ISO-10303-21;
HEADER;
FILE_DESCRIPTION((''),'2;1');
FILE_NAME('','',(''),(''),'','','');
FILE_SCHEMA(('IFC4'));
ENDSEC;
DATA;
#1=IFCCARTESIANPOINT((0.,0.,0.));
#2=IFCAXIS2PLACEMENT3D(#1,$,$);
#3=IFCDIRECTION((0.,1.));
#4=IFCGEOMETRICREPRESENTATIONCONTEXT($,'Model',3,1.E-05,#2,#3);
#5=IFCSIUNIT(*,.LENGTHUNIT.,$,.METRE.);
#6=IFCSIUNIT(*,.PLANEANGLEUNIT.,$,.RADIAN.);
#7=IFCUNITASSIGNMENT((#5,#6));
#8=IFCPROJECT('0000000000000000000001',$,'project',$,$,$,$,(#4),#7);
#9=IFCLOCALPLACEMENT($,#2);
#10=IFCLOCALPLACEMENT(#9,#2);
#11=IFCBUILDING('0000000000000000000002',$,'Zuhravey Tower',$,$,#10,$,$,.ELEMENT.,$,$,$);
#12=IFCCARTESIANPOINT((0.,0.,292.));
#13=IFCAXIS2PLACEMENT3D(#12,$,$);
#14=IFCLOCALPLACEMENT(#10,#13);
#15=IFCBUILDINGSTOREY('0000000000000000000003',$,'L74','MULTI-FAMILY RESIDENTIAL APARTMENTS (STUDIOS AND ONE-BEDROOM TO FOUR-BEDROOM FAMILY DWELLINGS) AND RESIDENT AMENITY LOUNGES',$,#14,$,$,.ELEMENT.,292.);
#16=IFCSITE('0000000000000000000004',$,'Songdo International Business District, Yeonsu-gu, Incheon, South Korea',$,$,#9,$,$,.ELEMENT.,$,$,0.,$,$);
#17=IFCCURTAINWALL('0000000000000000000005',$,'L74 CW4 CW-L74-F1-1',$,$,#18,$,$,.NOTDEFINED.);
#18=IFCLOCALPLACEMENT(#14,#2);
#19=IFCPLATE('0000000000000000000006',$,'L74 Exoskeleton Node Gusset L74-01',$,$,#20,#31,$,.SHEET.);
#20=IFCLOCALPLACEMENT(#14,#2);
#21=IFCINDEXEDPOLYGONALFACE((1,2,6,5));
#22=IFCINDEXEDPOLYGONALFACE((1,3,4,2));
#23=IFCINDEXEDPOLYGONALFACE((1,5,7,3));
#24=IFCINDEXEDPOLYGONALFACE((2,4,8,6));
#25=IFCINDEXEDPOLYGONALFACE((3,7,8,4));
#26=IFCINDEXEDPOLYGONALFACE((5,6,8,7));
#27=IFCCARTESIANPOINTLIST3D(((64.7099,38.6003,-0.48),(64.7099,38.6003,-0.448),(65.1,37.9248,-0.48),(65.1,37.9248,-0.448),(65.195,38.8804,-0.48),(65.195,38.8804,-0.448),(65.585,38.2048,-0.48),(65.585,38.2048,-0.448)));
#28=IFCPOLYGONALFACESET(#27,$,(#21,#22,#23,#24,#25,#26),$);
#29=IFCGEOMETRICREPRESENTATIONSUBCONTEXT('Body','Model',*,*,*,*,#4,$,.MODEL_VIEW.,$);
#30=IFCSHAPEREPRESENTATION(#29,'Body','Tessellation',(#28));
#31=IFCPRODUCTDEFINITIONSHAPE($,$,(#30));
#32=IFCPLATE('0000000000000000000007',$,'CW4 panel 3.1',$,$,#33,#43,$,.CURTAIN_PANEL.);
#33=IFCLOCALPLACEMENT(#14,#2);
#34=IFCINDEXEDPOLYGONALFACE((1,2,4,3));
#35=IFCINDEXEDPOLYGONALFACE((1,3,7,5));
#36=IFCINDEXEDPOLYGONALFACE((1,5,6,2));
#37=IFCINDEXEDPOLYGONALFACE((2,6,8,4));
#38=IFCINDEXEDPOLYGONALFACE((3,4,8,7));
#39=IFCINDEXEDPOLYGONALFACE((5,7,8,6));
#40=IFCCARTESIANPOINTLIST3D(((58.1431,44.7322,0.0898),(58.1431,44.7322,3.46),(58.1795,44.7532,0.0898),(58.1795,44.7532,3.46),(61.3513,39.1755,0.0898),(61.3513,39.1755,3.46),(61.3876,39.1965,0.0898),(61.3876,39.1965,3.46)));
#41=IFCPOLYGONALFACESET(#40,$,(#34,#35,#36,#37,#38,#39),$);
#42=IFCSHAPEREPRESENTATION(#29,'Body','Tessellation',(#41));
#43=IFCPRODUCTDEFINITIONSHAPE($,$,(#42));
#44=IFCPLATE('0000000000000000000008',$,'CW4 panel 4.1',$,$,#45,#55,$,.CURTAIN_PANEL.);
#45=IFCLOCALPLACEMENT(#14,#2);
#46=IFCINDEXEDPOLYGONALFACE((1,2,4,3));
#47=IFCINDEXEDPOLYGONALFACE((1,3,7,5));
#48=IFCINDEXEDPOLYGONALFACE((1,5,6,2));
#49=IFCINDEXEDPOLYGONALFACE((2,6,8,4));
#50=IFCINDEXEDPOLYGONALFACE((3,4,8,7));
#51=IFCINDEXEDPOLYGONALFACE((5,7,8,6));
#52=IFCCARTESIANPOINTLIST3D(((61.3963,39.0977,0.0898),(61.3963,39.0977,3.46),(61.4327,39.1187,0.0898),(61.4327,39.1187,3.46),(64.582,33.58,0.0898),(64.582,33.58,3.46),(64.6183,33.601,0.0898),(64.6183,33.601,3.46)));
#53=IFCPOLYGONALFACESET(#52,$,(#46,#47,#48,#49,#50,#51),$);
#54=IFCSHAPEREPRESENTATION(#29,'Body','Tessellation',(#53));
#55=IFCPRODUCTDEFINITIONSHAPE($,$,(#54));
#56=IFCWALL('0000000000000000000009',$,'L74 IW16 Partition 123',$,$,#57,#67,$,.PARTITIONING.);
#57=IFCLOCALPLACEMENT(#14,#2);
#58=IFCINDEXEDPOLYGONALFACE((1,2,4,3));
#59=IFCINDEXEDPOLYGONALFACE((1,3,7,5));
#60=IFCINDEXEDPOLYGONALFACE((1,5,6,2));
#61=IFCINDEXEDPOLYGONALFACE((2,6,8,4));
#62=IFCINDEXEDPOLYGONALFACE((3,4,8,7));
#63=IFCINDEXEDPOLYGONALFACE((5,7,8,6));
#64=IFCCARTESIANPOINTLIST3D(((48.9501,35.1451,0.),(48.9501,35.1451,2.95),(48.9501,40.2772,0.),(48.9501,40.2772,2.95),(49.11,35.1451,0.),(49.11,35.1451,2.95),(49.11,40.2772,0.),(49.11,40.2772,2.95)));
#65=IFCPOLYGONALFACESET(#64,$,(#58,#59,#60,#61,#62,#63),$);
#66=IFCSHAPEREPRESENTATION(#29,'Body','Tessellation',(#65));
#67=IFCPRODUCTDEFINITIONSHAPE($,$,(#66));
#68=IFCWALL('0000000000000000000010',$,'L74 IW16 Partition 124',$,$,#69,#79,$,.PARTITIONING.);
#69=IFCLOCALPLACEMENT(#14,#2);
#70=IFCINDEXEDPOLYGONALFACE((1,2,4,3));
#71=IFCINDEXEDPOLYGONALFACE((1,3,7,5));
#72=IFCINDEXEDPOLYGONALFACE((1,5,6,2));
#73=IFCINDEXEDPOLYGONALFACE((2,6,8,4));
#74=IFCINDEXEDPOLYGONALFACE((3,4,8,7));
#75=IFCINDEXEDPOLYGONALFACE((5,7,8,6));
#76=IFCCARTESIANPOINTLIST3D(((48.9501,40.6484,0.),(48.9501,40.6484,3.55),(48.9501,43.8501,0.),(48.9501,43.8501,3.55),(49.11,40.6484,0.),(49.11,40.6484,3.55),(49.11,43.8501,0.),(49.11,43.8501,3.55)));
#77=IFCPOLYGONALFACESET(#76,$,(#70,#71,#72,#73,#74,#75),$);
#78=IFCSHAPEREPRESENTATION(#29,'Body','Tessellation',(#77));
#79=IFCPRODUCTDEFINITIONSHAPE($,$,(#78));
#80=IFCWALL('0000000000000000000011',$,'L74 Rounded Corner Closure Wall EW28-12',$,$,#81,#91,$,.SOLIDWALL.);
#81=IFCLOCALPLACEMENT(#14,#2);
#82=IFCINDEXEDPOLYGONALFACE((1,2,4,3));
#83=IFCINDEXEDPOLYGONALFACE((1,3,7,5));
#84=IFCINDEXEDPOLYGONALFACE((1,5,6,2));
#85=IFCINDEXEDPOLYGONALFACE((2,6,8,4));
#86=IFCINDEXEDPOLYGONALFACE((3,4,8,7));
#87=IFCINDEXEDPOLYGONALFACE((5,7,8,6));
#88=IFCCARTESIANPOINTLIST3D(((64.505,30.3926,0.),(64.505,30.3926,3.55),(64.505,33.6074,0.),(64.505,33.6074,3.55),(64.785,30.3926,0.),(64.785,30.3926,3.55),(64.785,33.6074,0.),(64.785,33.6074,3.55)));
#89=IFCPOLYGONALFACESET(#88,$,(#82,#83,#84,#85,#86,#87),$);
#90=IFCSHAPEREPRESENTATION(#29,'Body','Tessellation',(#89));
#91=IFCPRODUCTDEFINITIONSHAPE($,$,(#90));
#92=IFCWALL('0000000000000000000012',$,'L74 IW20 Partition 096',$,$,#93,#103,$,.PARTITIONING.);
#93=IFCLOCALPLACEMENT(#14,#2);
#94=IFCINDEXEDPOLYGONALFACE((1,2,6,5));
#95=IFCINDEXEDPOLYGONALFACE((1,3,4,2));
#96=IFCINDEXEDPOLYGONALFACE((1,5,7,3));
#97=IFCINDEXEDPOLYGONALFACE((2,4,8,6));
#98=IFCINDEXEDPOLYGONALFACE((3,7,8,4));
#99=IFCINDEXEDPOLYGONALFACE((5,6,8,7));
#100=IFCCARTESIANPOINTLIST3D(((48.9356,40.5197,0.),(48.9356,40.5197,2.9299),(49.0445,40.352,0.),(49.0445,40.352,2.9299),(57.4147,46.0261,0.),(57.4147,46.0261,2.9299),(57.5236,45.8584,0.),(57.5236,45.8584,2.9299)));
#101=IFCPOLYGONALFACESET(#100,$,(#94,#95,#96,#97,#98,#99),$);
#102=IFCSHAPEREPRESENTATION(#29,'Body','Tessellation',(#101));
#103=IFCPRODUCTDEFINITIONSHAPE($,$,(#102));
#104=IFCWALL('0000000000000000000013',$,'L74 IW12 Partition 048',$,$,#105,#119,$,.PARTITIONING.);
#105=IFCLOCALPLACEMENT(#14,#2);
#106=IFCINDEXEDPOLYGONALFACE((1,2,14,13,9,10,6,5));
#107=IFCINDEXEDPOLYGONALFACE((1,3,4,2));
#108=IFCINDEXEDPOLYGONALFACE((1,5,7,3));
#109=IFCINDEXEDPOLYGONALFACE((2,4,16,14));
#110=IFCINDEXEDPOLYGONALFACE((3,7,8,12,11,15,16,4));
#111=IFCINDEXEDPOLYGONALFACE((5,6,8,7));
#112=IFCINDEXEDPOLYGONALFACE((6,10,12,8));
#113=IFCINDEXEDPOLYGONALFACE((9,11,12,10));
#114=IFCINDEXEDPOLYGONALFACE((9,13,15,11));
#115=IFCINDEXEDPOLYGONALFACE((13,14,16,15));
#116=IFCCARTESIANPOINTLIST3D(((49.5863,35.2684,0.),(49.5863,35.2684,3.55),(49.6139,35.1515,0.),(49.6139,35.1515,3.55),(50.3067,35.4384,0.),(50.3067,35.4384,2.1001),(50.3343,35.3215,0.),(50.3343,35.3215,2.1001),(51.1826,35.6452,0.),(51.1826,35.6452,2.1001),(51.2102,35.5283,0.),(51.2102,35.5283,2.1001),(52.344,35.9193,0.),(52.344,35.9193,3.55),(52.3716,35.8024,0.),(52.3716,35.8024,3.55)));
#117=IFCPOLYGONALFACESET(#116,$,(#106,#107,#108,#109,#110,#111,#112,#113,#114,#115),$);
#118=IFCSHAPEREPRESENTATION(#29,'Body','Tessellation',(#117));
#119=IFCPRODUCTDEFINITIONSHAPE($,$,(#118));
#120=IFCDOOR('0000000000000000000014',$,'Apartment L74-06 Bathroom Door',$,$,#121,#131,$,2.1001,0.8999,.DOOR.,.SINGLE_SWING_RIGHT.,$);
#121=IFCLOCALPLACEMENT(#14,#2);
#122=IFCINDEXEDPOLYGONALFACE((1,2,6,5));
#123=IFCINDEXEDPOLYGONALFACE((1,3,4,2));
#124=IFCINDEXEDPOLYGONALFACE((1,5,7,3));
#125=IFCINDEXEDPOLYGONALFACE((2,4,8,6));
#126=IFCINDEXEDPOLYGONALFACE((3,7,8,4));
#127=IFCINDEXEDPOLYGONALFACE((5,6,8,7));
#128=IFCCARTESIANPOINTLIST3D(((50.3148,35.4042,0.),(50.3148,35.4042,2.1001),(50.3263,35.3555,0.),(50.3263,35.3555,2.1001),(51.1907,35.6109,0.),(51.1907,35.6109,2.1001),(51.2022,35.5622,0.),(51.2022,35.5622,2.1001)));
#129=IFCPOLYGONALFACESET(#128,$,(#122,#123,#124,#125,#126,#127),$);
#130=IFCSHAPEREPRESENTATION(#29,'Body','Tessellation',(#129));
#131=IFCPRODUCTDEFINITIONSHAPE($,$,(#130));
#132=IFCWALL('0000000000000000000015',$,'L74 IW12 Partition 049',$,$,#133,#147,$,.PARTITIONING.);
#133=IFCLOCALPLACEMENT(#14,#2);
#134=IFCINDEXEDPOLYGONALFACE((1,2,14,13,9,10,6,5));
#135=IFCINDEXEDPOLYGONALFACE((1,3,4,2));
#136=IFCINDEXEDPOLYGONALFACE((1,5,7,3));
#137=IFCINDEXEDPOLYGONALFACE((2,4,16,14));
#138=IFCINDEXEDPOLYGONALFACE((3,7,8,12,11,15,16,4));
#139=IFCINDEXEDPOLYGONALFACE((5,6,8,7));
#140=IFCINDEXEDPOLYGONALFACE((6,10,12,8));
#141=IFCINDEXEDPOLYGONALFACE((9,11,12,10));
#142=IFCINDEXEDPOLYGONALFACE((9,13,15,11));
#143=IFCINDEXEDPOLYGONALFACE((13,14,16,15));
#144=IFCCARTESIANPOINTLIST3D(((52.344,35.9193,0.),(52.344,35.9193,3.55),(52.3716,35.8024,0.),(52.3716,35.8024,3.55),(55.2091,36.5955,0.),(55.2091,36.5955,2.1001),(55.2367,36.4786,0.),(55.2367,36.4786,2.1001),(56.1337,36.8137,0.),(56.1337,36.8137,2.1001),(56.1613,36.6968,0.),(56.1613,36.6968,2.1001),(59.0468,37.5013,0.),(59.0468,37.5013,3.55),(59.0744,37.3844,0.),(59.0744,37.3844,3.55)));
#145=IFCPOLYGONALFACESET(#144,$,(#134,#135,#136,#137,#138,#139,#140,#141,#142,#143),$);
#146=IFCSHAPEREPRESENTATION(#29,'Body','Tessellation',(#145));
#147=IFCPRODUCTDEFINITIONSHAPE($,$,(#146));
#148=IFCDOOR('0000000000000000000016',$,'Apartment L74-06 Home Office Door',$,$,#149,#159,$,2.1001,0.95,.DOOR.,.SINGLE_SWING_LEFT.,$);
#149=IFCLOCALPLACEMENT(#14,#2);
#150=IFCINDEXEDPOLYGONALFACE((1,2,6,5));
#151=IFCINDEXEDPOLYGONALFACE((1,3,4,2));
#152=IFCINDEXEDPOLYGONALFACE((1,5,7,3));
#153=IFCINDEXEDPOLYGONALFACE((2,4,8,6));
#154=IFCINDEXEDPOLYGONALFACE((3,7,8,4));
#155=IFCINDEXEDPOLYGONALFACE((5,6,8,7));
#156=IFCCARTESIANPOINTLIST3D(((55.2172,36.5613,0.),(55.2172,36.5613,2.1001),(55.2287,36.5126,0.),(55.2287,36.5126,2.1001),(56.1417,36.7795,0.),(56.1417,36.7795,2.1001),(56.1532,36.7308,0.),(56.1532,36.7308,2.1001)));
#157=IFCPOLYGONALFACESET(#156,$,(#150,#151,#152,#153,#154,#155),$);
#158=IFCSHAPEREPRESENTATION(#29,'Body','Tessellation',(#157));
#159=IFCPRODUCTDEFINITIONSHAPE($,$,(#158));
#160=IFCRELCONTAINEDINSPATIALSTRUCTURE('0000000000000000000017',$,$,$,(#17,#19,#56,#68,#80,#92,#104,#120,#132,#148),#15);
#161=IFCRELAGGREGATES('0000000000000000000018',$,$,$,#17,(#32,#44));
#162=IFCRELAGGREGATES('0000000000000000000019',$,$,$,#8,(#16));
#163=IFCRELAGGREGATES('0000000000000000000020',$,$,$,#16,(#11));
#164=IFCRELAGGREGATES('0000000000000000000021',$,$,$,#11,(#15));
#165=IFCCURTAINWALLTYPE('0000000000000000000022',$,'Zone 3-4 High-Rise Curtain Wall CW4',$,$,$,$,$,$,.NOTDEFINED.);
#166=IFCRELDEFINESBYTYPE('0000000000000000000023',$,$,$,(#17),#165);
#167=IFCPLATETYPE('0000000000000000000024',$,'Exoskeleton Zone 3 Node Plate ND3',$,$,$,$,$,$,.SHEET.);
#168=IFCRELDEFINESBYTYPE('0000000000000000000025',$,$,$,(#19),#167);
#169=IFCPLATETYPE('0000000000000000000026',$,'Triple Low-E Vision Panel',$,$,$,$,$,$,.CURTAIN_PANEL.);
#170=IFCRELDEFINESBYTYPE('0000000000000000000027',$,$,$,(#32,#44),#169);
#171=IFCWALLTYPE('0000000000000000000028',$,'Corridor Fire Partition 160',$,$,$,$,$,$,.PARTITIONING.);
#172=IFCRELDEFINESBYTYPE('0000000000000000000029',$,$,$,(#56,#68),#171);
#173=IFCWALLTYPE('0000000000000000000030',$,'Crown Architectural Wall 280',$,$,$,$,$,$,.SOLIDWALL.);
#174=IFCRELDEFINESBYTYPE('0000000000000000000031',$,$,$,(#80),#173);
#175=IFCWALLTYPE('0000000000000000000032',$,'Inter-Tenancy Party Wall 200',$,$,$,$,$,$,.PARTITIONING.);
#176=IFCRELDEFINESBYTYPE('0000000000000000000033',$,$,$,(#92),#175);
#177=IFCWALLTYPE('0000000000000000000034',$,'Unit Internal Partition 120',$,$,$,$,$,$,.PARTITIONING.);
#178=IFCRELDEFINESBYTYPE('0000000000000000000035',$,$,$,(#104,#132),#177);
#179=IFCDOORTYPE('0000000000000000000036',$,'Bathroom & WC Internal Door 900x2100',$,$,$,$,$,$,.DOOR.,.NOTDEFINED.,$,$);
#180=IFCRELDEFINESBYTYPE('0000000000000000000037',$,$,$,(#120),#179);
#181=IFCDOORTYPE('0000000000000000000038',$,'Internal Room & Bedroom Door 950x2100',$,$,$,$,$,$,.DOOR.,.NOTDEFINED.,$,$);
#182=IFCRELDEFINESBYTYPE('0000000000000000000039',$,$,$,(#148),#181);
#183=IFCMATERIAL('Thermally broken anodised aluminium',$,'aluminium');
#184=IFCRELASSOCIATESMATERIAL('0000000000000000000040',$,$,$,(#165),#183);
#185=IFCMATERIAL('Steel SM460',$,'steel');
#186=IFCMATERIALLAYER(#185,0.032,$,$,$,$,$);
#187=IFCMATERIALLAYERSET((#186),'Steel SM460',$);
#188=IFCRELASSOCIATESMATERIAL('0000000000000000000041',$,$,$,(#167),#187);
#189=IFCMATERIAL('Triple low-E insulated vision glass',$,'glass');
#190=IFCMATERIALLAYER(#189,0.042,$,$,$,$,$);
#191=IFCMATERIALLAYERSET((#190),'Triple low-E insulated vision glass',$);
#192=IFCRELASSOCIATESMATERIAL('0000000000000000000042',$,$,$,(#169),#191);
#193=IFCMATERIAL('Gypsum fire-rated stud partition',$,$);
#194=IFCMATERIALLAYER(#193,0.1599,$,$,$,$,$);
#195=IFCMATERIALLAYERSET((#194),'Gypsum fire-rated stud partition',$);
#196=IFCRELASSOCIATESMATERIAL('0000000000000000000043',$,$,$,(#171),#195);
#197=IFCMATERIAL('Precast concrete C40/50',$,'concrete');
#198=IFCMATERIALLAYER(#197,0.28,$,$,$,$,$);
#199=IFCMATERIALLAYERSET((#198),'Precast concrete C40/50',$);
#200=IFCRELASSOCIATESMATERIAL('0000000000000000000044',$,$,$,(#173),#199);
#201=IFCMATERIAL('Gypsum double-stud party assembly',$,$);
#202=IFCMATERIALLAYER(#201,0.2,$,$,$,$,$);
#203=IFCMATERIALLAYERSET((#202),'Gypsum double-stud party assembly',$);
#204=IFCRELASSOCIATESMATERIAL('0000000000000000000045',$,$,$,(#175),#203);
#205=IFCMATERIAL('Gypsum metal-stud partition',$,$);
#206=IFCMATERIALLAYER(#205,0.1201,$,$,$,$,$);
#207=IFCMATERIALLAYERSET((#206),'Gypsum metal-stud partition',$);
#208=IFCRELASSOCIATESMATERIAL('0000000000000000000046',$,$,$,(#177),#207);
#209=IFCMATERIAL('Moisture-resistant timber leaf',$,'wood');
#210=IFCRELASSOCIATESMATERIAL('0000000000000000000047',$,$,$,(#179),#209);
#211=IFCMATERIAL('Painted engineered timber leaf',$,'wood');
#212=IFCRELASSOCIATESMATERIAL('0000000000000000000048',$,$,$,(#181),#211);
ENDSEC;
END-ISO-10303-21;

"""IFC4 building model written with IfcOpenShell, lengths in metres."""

from ifc_helpers import new_model, si_unit, direction, frame, frame_2d, origin, origin_2d, place, context, subcontext, project, spatial, rectangle, extrude, material, layer, layer_set, type_object, element, fill, aggregate, save


model = new_model("IFC4")

# Units and contexts
model_context = context("Model", 3, precision=1e-05, world=origin(), true_north=direction((0.0, 1.0)))
body_context = subcontext(model_context, "Body", "Model", "MODEL_VIEW")
ifc_project = project(units=[si_unit("LENGTHUNIT", "METRE"), si_unit("PLANEANGLEUNIT", "RADIAN")], contexts=[model_context])

# Site, building, storey
site_placement = place(None, origin())
site = spatial("IfcSite", under=ifc_project, at=site_placement, Name="Songdo International Business District, Yeonsu-gu, Incheon, South Korea", CompositionType="ELEMENT", RefElevation=0.0)
building_placement = place(site_placement, origin())
building = spatial("IfcBuilding", under=site, at=building_placement, Name="Zuhravey Tower", CompositionType="ELEMENT")
storey_placement = place(building_placement, frame((0.0, 0.0, 292.0)))
storey = spatial("IfcBuildingStorey", under=building, at=storey_placement, Name="L74", Description="MULTI-FAMILY RESIDENTIAL APARTMENTS (STUDIOS AND ONE-BEDROOM TO FOUR-BEDROOM FAMILY DWELLINGS) AND RESIDENT AMENITY LOUNGES", CompositionType="ELEMENT", Elevation=292.0)

# Curtain wall
ifc_material_1 = material(Name="Thermally broken anodised aluminium", Category="aluminium")
curtain_wall_type = type_object("IfcCurtainWallType", Name="Zone 3-4 High-Rise Curtain Wall CW4", PredefinedType="NOTDEFINED", material=ifc_material_1)
curtain_wall_placement = place(storey_placement, origin())
curtain_wall = element("IfcCurtainWall", 1, at=curtain_wall_placement, inside=storey, type_object=curtain_wall_type, Name="L74 CW4 CW-L74-F1-1", PredefinedType="NOTDEFINED")

# Plates
ifc_material_2 = material(Name="Steel SM460", Category="steel")
ifc_layer_1 = layer(ifc_material_2, 0.032)
ifc_layer_set_1 = layer_set([ifc_layer_1], Name="Steel SM460")
plate_type_1 = type_object("IfcPlateType", Name="Exoskeleton Zone 3 Node Plate ND3", PredefinedType="SHEET", material=ifc_layer_set_1)
plate_1_placement = place(storey_placement, frame((65.1475, 38.4026, -0.48), z_axis=(0.0, 0.0, 1.0), x_axis=(-0.5, 0.866025, 0.0)))
element("IfcPlate", 2, at=plate_1_placement, inside=storey, type_object=plate_type_1, Name="L74 Exoskeleton Node Gusset L74-01", PredefinedType="SHEET", context=body_context, shape_type="SweptSolid", body=[
    extrude(rectangle(XDim=0.78, YDim=0.5601, at=origin_2d()), origin(), (0.0, 0.0, 1.0), 0.032),
])
ifc_material_3 = material(Name="Triple low-E insulated vision glass", Category="glass")
ifc_layer_2 = layer(ifc_material_3, 0.042)
ifc_layer_set_2 = layer_set([ifc_layer_2], Name="Triple low-E insulated vision glass")
plate_type_2 = type_object("IfcPlateType", Name="Triple Low-E Vision Panel", PredefinedType="CURTAIN_PANEL", material=ifc_layer_set_2)
plate_2_placement = place(storey_placement, frame((59.7654, 41.9644, 0.0898), z_axis=(0.0, 0.0, 1.0), x_axis=(0.500001, -0.866025, 0.0)))
plate_2 = element("IfcPlate", 3, at=plate_2_placement, type_object=plate_type_2, Name="CW4 panel 3.1", PredefinedType="CURTAIN_PANEL", context=body_context, shape_type="SweptSolid", body=[
    extrude(rectangle(XDim=6.4163, YDim=0.042, at=origin_2d()), origin(), (0.0, 0.0, 1.0), 3.3701),
])
plate_3_placement = place(storey_placement, frame((63.0073, 36.3494, 0.0898), z_axis=(0.0, 0.0, 1.0), x_axis=(0.500001, -0.866025, 0.0)))
plate_3 = element("IfcPlate", 4, at=plate_3_placement, type_object=plate_type_2, Name="CW4 panel 4.1", PredefinedType="CURTAIN_PANEL", context=body_context, shape_type="SweptSolid", body=[
    extrude(rectangle(XDim=6.3713, YDim=0.042, at=origin_2d()), origin(), (0.0, 0.0, 1.0), 3.3701),
])
aggregate(curtain_wall, [plate_2, plate_3])

# Walls
ifc_material_4 = material(Name="Gypsum fire-rated stud partition")
ifc_layer_3 = layer(ifc_material_4, 0.1599)
ifc_layer_set_3 = layer_set([ifc_layer_3], Name="Gypsum fire-rated stud partition")
wall_type_1 = type_object("IfcWallType", Name="Corridor Fire Partition 160", PredefinedType="PARTITIONING", material=ifc_layer_set_3)
wall_1_placement = place(storey_placement, frame((49.03, 35.1453, 0.0), z_axis=(0.0, 0.0, 1.0), x_axis=(0.0, 1.0, 0.0)))
element("IfcWall", 5, at=wall_1_placement, inside=storey, type_object=wall_type_1, Name="L74 IW16 Partition 123", PredefinedType="PARTITIONING", context=body_context, shape_type="SweptSolid", body=[
    extrude(rectangle(XDim=5.1321, YDim=0.1599, at=frame_2d((2.5659, 0.0))), origin(), (0.0, 0.0, 1.0), 2.95),
])
wall_2_placement = place(storey_placement, frame((49.03, 40.6484, 0.0), z_axis=(0.0, 0.0, 1.0), x_axis=(0.0, 1.0, 0.0)))
element("IfcWall", 6, at=wall_2_placement, inside=storey, type_object=wall_type_1, Name="L74 IW16 Partition 124", PredefinedType="PARTITIONING", context=body_context, shape_type="SweptSolid", body=[
    extrude(rectangle(XDim=3.2017, YDim=0.1599, at=frame_2d((1.6008, 0.0))), origin(), (0.0, 0.0, 1.0), 3.55),
])
ifc_material_5 = material(Name="Precast concrete C40/50", Category="concrete")
ifc_layer_4 = layer(ifc_material_5, 0.28)
ifc_layer_set_4 = layer_set([ifc_layer_4], Name="Precast concrete C40/50")
wall_type_2 = type_object("IfcWallType", Name="Crown Architectural Wall 280", PredefinedType="SOLIDWALL", material=ifc_layer_set_4)
wall_3_placement = place(storey_placement, frame((64.645, 33.6074, 0.0), z_axis=(0.0, 0.0, 1.0), x_axis=(0.0, -1.0, 0.0)))
element("IfcWall", 7, at=wall_3_placement, inside=storey, type_object=wall_type_2, Name="L74 Rounded Corner Closure Wall EW28-12", PredefinedType="SOLIDWALL", context=body_context, shape_type="SweptSolid", body=[
    extrude(rectangle(XDim=3.2148, YDim=0.28, at=frame_2d((1.6074, 0.0))), origin(), (0.0, 0.0, 1.0), 3.55),
])
ifc_material_6 = material(Name="Gypsum double-stud party assembly")
ifc_layer_5 = layer(ifc_material_6, 0.2)
ifc_layer_set_5 = layer_set([ifc_layer_5], Name="Gypsum double-stud party assembly")
wall_type_3 = type_object("IfcWallType", Name="Inter-Tenancy Party Wall 200", PredefinedType="PARTITIONING", material=ifc_layer_set_5)
wall_4_placement = place(storey_placement, frame((48.99, 40.4358, 0.0), z_axis=(0.0, 0.0, 1.0), x_axis=(0.83867, 0.54464, 0.0)))
element("IfcWall", 8, at=wall_4_placement, inside=storey, type_object=wall_type_3, Name="L74 IW20 Partition 096", PredefinedType="PARTITIONING", context=body_context, shape_type="SweptSolid", body=[
    extrude(rectangle(XDim=10.1101, YDim=0.2, at=frame_2d((5.0552, 0.0))), origin(), (0.0, 0.0, 1.0), 2.9299),
])

# Walls, openings, doors
ifc_material_7 = material(Name="Gypsum metal-stud partition")
ifc_layer_6 = layer(ifc_material_7, 0.1201)
ifc_layer_set_6 = layer_set([ifc_layer_6], Name="Gypsum metal-stud partition")
wall_type_4 = type_object("IfcWallType", Name="Unit Internal Partition 120", PredefinedType="PARTITIONING", material=ifc_layer_set_6)
wall_5_placement = place(storey_placement, frame((49.6001, 35.21, 0.0), z_axis=(0.0, 0.0, 1.0), x_axis=(0.973261, 0.229702, 0.0)))
wall_5 = element("IfcWall", 9, at=wall_5_placement, inside=storey, type_object=wall_type_4, Name="L74 IW12 Partition 048", PredefinedType="PARTITIONING", context=body_context, shape_type="SweptSolid", body=[
    extrude(rectangle(XDim=2.8335, YDim=0.1201, at=frame_2d((1.4167, 0.0))), origin(), (0.0, 0.0, 1.0), 3.55),
])
opening_1_placement = place(wall_5_placement, frame((0.7402, 0.0, 0.0)))
opening_1 = element("IfcOpeningElement", 10, at=opening_1_placement, cuts=wall_5, PredefinedType="OPENING", context=body_context, shape_type="SweptSolid", body=[
    extrude(rectangle(XDim=0.8999, YDim=2.1001, at=frame_2d((0.45, 1.05))), frame((0.0, 0.072, 0.0), z_axis=(0.0, -1.0, 0.0), x_axis=(1.0, 0.0, 0.0)), (0.0, 0.0, 1.0), 0.144),
])
ifc_material_8 = material(Name="Moisture-resistant timber leaf", Category="wood")
door_type_1 = type_object("IfcDoorType", Name="Bathroom & WC Internal Door 900x2100", OperationType="NOTDEFINED", PredefinedType="DOOR", material=ifc_material_8)
door_1_placement = place(opening_1_placement, origin())
door_1 = element("IfcDoor", 11, at=door_1_placement, inside=storey, type_object=door_type_1, Name="Apartment L74-06 Bathroom Door", OperationType="SINGLE_SWING_RIGHT", OverallHeight=2.1001, OverallWidth=0.8999, PredefinedType="DOOR", context=body_context, shape_type="SweptSolid", body=[
    extrude(rectangle(XDim=0.8999, YDim=2.1001, at=frame_2d((0.45, 1.05))), frame((0.0, 0.0249, 0.0), z_axis=(0.0, -1.0, 0.0), x_axis=(1.0, 0.0, 0.0)), (0.0, 0.0, 1.0), 0.05),
])
fill(opening_1, door_1)
wall_6_placement = place(storey_placement, frame((52.3579, 35.8608, 0.0), z_axis=(0.0, 0.0, 1.0), x_axis=(0.973259, 0.229711, 0.0)))
wall_6 = element("IfcWall", 12, at=wall_6_placement, inside=storey, type_object=wall_type_4, Name="L74 IW12 Partition 049", PredefinedType="PARTITIONING", context=body_context, shape_type="SweptSolid", body=[
    extrude(rectangle(XDim=6.887, YDim=0.1201, at=frame_2d((3.4434, 0.0))), origin(), (0.0, 0.0, 1.0), 3.55),
])
opening_2_placement = place(wall_6_placement, frame((2.9436, 0.0, 0.0)))
opening_2 = element("IfcOpeningElement", 13, at=opening_2_placement, cuts=wall_6, PredefinedType="OPENING", context=body_context, shape_type="SweptSolid", body=[
    extrude(rectangle(XDim=0.95, YDim=2.1001, at=frame_2d((0.4751, 1.05))), frame((0.0, 0.072, 0.0), z_axis=(0.0, -1.0, 0.0), x_axis=(1.0, 0.0, 0.0)), (0.0, 0.0, 1.0), 0.144),
])
ifc_material_9 = material(Name="Painted engineered timber leaf", Category="wood")
door_type_2 = type_object("IfcDoorType", Name="Internal Room & Bedroom Door 950x2100", OperationType="NOTDEFINED", PredefinedType="DOOR", material=ifc_material_9)
door_2_placement = place(opening_2_placement, origin())
door_2 = element("IfcDoor", 14, at=door_2_placement, inside=storey, type_object=door_type_2, Name="Apartment L74-06 Home Office Door", OperationType="SINGLE_SWING_LEFT", OverallHeight=2.1001, OverallWidth=0.95, PredefinedType="DOOR", context=body_context, shape_type="SweptSolid", body=[
    extrude(rectangle(XDim=0.95, YDim=2.1001, at=frame_2d((0.4751, 1.05))), frame((0.0, 0.0249, 0.0), z_axis=(0.0, -1.0, 0.0), x_axis=(1.0, 0.0, 0.0)), (0.0, 0.0, 1.0), 0.05),
])
fill(opening_2, door_2)

save(model, "model.ifc")
